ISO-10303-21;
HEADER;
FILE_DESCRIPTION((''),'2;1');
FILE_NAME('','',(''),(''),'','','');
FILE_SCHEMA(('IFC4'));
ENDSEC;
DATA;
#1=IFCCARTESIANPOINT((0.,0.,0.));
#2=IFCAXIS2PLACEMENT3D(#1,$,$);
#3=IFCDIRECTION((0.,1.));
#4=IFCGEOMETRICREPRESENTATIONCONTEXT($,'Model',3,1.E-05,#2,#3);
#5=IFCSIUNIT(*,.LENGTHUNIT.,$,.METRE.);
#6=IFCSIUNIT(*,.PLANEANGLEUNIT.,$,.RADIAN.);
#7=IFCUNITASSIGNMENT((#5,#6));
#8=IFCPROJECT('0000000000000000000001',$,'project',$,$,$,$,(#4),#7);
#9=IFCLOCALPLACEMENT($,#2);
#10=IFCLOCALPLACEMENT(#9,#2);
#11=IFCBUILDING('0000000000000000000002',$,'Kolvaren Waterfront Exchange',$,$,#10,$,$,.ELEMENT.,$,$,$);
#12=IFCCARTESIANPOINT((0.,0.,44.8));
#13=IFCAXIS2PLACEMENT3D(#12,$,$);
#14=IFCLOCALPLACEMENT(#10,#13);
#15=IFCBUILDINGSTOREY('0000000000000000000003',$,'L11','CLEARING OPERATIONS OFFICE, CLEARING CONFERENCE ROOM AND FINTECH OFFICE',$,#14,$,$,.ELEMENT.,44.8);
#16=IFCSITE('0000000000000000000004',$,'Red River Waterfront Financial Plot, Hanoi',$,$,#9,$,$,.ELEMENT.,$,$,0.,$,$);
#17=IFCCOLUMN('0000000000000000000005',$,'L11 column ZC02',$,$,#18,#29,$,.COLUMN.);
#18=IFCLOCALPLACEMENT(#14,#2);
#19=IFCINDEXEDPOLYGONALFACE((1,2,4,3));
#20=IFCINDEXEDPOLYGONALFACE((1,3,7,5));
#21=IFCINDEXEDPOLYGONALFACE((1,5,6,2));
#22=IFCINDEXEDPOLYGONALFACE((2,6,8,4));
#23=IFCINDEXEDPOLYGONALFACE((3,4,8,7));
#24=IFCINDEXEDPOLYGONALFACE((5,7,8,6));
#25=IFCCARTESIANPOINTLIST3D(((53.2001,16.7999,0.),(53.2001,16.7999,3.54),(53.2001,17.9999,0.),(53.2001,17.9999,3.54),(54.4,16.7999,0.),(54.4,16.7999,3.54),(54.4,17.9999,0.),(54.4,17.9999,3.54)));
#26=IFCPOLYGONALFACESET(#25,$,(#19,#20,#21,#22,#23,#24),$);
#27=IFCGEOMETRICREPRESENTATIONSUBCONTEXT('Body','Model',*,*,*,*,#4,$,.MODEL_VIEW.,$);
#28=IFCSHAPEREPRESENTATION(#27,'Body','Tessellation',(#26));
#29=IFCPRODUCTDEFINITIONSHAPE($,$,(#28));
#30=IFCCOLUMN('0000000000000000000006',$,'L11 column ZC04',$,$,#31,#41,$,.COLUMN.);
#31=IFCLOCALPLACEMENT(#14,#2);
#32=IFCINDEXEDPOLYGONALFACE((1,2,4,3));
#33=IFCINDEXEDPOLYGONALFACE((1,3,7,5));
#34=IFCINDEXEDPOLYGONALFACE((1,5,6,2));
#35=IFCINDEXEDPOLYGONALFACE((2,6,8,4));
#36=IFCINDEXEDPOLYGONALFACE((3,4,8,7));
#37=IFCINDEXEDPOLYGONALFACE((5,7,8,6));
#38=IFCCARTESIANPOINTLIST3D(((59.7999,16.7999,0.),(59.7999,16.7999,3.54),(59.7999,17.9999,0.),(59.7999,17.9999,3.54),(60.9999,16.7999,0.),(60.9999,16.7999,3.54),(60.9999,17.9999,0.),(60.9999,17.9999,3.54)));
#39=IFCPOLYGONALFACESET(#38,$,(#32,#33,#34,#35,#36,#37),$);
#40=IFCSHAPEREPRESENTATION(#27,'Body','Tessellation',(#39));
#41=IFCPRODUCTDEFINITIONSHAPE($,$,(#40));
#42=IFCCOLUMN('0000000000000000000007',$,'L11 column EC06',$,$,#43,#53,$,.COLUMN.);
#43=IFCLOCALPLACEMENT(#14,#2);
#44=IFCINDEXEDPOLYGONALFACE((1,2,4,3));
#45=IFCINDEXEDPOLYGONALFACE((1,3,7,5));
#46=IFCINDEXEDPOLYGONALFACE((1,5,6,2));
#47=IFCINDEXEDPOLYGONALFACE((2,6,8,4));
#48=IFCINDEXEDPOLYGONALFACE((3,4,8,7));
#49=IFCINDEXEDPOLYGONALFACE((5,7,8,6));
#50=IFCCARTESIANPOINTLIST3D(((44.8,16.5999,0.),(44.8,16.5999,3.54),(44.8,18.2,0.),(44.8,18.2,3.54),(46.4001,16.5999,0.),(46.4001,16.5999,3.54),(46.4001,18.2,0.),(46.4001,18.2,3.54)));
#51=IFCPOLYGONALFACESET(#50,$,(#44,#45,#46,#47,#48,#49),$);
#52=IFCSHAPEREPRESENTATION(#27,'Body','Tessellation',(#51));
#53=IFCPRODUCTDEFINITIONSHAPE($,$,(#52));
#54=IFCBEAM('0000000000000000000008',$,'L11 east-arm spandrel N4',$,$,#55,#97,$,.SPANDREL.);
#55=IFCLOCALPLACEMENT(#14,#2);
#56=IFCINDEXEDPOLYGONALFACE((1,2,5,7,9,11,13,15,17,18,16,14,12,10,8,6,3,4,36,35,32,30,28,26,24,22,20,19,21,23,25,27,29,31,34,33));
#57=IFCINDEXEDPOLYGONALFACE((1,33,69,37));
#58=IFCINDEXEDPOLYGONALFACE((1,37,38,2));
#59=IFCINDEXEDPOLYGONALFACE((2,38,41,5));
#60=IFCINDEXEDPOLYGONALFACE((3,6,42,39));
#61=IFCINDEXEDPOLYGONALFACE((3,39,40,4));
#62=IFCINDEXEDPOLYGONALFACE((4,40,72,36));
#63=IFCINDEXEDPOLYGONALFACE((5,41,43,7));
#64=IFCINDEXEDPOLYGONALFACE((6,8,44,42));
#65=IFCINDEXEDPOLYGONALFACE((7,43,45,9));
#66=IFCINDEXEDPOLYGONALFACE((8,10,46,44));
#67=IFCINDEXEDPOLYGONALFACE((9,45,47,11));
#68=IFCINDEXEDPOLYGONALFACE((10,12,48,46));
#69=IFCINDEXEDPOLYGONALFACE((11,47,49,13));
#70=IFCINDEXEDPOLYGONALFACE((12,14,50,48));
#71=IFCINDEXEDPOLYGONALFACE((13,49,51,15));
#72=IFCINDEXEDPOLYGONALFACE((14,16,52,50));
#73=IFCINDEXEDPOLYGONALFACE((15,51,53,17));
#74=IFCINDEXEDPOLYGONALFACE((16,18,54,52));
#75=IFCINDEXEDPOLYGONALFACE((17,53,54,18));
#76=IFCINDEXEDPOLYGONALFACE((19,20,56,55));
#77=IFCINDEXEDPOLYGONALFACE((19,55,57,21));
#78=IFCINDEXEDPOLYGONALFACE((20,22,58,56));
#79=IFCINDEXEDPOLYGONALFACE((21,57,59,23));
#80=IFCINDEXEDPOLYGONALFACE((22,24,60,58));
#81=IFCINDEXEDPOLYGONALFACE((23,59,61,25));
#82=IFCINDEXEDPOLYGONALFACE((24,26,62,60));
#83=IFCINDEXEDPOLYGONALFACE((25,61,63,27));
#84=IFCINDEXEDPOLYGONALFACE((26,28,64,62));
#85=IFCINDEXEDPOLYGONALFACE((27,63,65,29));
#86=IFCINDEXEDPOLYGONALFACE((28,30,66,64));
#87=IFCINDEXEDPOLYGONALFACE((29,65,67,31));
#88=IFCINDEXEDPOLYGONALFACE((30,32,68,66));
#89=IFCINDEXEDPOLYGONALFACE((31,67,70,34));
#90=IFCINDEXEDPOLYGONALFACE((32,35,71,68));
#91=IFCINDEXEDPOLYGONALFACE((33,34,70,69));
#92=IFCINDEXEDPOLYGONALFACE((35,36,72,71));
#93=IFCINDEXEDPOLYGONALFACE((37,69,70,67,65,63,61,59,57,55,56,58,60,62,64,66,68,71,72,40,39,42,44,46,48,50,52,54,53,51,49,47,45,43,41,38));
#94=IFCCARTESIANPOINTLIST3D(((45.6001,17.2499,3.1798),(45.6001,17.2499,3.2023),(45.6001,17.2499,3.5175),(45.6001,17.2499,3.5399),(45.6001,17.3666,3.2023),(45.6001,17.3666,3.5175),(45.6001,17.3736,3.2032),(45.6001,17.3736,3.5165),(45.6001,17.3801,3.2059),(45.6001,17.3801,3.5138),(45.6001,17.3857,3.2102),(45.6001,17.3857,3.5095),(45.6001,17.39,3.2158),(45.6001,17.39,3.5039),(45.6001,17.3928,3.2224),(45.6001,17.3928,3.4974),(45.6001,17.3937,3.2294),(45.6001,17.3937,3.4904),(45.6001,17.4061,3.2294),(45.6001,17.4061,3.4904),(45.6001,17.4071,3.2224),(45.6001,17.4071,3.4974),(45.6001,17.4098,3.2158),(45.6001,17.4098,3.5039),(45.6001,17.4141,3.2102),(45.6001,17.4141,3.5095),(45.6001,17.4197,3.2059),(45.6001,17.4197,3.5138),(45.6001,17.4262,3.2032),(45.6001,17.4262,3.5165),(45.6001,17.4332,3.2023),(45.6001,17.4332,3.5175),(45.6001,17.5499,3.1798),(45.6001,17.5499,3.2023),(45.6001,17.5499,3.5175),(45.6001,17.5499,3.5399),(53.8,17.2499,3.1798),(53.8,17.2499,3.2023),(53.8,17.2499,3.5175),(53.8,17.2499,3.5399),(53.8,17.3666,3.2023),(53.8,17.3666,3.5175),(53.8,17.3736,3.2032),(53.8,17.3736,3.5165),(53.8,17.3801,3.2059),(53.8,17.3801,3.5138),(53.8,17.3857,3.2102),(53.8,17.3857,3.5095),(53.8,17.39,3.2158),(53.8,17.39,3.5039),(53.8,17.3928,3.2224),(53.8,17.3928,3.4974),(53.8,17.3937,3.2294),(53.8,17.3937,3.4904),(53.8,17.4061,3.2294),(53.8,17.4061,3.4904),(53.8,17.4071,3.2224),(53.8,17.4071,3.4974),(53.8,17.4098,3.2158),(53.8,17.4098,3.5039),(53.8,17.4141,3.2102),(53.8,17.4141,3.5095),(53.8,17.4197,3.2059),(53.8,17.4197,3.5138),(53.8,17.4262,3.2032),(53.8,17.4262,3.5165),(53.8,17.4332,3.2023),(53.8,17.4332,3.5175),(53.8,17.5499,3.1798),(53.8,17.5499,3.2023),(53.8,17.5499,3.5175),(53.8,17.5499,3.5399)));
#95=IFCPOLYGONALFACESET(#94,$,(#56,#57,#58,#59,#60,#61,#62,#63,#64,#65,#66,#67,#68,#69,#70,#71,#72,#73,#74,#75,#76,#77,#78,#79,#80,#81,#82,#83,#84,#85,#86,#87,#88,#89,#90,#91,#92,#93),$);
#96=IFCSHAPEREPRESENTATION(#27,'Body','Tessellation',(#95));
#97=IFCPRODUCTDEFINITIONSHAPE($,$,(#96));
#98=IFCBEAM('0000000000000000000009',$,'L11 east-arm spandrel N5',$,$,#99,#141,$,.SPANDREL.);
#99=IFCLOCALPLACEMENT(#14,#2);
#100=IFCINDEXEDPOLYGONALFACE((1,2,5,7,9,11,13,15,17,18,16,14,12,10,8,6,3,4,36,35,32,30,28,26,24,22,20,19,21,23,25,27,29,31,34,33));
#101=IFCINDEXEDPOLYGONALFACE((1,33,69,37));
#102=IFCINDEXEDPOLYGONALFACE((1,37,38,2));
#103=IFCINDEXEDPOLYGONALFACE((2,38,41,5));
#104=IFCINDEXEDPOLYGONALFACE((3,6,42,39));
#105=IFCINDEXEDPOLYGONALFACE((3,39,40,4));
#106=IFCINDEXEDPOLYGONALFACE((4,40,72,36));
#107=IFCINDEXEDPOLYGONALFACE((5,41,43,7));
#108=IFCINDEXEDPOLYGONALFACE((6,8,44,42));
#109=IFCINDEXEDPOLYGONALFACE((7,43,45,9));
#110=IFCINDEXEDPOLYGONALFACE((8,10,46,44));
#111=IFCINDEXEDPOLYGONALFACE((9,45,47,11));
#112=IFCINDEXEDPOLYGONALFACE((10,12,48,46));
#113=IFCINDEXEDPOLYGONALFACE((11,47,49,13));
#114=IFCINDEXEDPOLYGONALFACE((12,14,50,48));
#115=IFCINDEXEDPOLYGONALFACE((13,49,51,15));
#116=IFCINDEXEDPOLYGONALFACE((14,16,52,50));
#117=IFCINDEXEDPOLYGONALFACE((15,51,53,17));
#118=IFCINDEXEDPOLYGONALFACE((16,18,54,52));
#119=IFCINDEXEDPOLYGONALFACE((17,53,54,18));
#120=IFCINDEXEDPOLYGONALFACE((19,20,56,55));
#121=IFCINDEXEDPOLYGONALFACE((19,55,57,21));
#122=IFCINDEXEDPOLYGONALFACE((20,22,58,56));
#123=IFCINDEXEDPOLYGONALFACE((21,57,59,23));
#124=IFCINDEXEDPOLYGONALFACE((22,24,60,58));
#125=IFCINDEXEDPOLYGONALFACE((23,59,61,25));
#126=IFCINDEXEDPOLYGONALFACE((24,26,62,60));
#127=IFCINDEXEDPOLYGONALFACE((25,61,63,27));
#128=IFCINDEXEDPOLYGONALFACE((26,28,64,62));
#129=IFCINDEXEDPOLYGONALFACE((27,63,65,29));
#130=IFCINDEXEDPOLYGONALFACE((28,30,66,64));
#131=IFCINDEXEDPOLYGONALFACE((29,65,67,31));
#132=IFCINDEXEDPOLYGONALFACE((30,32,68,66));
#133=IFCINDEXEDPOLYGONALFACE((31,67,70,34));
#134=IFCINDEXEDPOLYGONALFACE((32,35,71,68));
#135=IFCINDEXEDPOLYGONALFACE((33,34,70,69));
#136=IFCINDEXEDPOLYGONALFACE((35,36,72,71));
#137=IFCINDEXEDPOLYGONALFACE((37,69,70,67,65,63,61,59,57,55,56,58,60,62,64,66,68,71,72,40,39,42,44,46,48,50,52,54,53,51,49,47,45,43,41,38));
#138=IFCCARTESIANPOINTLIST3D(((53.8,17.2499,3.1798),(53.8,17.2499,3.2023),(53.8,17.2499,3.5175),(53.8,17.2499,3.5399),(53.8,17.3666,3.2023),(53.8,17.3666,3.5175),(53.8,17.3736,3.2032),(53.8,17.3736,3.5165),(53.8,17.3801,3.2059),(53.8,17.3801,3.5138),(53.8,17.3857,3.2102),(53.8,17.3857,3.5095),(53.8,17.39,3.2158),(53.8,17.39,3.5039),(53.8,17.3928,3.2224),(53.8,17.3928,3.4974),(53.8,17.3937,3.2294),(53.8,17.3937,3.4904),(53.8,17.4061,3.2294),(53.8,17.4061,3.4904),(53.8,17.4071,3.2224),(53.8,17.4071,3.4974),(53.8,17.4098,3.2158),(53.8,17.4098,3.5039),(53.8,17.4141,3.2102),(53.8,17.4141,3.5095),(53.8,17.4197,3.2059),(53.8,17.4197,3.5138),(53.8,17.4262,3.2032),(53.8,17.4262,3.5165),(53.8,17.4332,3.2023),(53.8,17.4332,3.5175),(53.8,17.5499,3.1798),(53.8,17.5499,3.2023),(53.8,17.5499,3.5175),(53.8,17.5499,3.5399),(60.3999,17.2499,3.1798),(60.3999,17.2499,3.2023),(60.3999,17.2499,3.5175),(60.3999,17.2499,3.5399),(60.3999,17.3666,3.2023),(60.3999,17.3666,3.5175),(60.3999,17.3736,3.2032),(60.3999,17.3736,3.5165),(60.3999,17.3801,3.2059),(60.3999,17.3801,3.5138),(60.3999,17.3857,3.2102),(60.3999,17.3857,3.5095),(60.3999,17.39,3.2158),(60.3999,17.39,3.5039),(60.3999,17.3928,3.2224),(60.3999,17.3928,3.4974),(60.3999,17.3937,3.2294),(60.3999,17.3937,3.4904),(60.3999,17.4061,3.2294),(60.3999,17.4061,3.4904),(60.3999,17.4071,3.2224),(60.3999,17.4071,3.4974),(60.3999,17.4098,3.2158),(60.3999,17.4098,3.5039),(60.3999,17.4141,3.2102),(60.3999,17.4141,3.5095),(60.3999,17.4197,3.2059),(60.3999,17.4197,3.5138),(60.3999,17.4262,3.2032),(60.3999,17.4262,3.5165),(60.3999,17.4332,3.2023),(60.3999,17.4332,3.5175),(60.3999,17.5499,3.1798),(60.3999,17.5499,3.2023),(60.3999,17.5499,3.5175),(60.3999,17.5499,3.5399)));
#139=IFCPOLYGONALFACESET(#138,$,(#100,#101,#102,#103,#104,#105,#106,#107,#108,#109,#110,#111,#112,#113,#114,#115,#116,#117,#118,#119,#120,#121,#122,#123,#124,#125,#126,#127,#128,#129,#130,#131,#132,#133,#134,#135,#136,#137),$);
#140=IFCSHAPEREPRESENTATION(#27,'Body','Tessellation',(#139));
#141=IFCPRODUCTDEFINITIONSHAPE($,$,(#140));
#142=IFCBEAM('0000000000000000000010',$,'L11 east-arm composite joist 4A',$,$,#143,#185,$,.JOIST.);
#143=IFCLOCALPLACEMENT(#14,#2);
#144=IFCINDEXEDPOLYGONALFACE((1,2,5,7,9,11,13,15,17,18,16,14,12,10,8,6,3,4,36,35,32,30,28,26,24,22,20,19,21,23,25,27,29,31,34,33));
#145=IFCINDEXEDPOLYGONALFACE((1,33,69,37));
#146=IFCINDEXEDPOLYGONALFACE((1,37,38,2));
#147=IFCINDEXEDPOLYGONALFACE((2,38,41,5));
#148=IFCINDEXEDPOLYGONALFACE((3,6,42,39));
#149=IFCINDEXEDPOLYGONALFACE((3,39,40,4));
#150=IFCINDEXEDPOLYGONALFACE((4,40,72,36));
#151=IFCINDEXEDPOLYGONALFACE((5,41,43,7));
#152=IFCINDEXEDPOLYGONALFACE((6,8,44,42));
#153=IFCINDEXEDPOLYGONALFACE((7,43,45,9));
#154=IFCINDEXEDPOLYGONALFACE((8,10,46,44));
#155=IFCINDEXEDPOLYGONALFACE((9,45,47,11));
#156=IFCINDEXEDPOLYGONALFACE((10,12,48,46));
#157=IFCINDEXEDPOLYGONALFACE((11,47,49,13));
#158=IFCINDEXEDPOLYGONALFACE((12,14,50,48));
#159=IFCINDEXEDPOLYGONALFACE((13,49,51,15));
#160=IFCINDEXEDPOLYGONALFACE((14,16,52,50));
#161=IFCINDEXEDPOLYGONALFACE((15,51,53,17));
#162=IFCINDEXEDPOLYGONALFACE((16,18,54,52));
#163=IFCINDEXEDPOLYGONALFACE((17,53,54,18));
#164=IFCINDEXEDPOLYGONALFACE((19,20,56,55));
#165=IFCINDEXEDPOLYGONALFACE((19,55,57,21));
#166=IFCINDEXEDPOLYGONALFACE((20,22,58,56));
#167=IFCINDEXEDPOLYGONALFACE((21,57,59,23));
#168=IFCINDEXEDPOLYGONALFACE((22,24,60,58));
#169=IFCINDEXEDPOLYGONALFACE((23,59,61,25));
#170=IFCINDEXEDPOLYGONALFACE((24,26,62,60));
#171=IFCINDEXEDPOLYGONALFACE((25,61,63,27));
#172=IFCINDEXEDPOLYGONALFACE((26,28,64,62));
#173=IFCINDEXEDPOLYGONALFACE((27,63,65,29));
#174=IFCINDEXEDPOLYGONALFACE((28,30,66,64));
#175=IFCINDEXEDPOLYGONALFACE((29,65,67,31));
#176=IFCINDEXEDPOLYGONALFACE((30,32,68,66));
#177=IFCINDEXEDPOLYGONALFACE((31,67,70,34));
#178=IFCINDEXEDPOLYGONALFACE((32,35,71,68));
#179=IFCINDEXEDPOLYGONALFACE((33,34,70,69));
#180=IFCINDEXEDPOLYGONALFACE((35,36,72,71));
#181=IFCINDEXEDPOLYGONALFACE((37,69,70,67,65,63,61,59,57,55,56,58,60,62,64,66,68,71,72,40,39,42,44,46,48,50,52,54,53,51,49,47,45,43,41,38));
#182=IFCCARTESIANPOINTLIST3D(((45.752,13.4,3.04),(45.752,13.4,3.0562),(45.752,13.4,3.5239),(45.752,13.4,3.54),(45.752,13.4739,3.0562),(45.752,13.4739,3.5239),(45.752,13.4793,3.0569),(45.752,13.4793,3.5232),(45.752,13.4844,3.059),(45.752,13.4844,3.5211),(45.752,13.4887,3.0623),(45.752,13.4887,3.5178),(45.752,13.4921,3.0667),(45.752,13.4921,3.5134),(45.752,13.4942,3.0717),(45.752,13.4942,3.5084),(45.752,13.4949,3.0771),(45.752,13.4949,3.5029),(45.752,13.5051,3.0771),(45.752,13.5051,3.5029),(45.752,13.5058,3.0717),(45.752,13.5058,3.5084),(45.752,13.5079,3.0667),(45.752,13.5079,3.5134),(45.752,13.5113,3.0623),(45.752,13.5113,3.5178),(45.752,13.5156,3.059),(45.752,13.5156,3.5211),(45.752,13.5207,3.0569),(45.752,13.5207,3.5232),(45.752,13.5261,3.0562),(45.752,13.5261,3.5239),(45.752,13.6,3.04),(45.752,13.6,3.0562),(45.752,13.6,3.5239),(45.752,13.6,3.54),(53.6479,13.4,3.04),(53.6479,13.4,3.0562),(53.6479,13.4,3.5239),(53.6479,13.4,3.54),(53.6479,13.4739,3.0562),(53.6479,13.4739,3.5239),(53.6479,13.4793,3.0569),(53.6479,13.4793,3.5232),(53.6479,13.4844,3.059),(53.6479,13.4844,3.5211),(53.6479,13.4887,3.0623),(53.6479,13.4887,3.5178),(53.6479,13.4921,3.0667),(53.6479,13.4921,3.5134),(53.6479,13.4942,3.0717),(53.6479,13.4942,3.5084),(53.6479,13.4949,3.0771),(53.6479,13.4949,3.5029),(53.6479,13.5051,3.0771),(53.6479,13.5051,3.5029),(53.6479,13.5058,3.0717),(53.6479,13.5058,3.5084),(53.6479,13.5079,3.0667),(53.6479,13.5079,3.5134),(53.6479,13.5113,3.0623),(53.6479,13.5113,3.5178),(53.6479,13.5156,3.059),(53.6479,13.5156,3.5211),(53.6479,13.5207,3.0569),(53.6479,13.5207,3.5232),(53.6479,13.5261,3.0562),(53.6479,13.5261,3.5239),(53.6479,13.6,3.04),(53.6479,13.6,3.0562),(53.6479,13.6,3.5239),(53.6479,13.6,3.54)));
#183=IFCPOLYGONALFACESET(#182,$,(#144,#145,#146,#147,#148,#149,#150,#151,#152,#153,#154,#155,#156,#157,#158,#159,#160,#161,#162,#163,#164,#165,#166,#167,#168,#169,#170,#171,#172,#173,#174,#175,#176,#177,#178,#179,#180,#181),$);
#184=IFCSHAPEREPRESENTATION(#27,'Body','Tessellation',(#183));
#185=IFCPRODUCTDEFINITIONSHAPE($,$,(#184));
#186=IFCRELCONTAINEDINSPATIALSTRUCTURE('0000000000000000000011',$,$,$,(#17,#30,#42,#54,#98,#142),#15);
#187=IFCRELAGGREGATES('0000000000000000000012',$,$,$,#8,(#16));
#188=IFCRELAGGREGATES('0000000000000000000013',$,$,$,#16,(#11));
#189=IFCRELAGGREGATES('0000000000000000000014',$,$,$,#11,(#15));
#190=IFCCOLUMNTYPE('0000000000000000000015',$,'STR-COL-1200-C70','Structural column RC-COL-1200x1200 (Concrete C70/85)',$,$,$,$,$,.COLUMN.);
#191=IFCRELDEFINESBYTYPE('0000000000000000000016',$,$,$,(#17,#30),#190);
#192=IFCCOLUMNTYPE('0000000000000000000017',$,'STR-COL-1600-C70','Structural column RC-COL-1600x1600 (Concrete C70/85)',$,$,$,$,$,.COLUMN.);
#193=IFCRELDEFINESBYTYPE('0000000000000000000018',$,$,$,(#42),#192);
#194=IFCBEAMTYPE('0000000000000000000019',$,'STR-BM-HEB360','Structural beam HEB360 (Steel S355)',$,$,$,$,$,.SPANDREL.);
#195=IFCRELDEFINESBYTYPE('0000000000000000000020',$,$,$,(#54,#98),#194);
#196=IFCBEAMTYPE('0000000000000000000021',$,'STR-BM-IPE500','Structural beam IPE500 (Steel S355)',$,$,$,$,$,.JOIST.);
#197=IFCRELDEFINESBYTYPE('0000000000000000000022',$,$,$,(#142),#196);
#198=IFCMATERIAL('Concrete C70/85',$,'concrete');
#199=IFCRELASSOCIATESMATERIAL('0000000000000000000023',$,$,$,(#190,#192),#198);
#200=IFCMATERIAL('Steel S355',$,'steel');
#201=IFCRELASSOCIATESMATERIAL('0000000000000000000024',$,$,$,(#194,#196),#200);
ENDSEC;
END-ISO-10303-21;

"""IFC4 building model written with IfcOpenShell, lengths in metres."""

from ifc_helpers import new_model, si_unit, direction, frame, origin, origin_2d, place, context, subcontext, project, spatial, rectangle, i_section, extrude, material, material_profile, profile_set, type_object, element, save


model = new_model("IFC4")

# Units and contexts
model_context = context("Model", 3, precision=1e-05, world=origin(), true_north=direction((0.0, 1.0)))
body_context = subcontext(model_context, "Body", "Model", "MODEL_VIEW")
ifc_project = project(units=[si_unit("LENGTHUNIT", "METRE"), si_unit("PLANEANGLEUNIT", "RADIAN")], contexts=[model_context])

# Site, building, storey
site_placement = place(None, origin())
site = spatial("IfcSite", under=ifc_project, at=site_placement, Name="Red River Waterfront Financial Plot, Hanoi", CompositionType="ELEMENT", RefElevation=0.0)
building_placement = place(site_placement, origin())
building = spatial("IfcBuilding", under=site, at=building_placement, Name="Kolvaren Waterfront Exchange", CompositionType="ELEMENT")
storey_placement = place(building_placement, frame((0.0, 0.0, 44.8)))
storey = spatial("IfcBuildingStorey", under=building, at=storey_placement, Name="L11", Description="CLEARING OPERATIONS OFFICE, CLEARING CONFERENCE ROOM AND FINTECH OFFICE", CompositionType="ELEMENT", Elevation=44.8)

# Columns
ifc_material_1 = material(Name="Concrete C70/85", Category="concrete")
ifc_material_profile_1 = material_profile(ifc_material_1, rectangle(XDim=1.2, YDim=1.2, at=origin_2d()), Name="RC-COL-1200x1200")
ifc_profile_set_1 = profile_set([ifc_material_profile_1], Name="Concrete C70/85")
column_type_1 = type_object("IfcColumnType", Name="STR-COL-1200-C70", Description="Structural column RC-COL-1200x1200 (Concrete C70/85)", PredefinedType="COLUMN", material=ifc_profile_set_1)
for number, where, z_axis, x_axis, name in (
    (1, (53.8, 17.3999, 0.0), (0.0, 0.0, 1.0), (1.0, 0.0, 0.0), "L11 column ZC02"),
    (2, (60.3999, 17.3999, 0.0), (0.0, 0.0, 1.0), (1.0, 0.0, 0.0), "L11 column ZC04"),
):
    element("IfcColumn", number, at=place(storey_placement, frame(where, z_axis=z_axis, x_axis=x_axis)), inside=storey, type_object=column_type_1, Name=name, PredefinedType="COLUMN", context=body_context, shape_type="SweptSolid", body=[
        extrude(rectangle(XDim=1.2, YDim=1.2, at=origin_2d()), origin(), (0.0, 0.0, 1.0), 3.54),
    ])
ifc_material_profile_2 = material_profile(ifc_material_1, rectangle(XDim=1.6001, YDim=1.6001, at=origin_2d()), Name="RC-COL-1600x1600")
ifc_profile_set_2 = profile_set([ifc_material_profile_2], Name="Concrete C70/85")
column_type_2 = type_object("IfcColumnType", Name="STR-COL-1600-C70", Description="Structural column RC-COL-1600x1600 (Concrete C70/85)", PredefinedType="COLUMN", material=ifc_profile_set_2)
column_placement = place(storey_placement, frame((45.6001, 17.3999, 0.0), z_axis=(0.0, 0.0, 1.0), x_axis=(1.0, 0.0, 0.0)))
element("IfcColumn", 3, at=column_placement, inside=storey, type_object=column_type_2, Name="L11 column EC06", PredefinedType="COLUMN", context=body_context, shape_type="SweptSolid", body=[
    extrude(rectangle(XDim=1.6001, YDim=1.6001, at=origin_2d()), origin(), (0.0, 0.0, 1.0), 3.54),
])

# Beams
ifc_material_2 = material(Name="Steel S355", Category="steel")
ifc_material_profile_3 = material_profile(ifc_material_2, i_section(OverallWidth=0.3, OverallDepth=0.3601, WebThickness=0.0125, FlangeThickness=0.0225, FilletRadius=0.0271, at=origin_2d()), Name="HEB360")
ifc_profile_set_3 = profile_set([ifc_material_profile_3], Name="Steel S355")
beam_type_1 = type_object("IfcBeamType", Name="STR-BM-HEB360", Description="Structural beam HEB360 (Steel S355)", PredefinedType="SPANDREL", material=ifc_profile_set_3)
beam_1_placement = place(storey_placement, frame((45.6001, 17.3999, 3.3599), z_axis=(1.0, 0.0, 0.0), x_axis=(0.0, 1.0, 0.0)))
element("IfcBeam", 4, at=beam_1_placement, inside=storey, type_object=beam_type_1, Name="L11 east-arm spandrel N4", PredefinedType="SPANDREL", context=body_context, shape_type="SweptSolid", body=[
    extrude(i_section(OverallWidth=0.3, OverallDepth=0.3601, WebThickness=0.0125, FlangeThickness=0.0225, FilletRadius=0.0271, at=origin_2d()), origin(), (0.0, 0.0, 1.0), 8.2),
])
beam_2_placement = place(storey_placement, frame((53.8, 17.3999, 3.3599), z_axis=(1.0, 0.0, 0.0), x_axis=(0.0, 1.0, 0.0)))
element("IfcBeam", 5, at=beam_2_placement, inside=storey, type_object=beam_type_1, Name="L11 east-arm spandrel N5", PredefinedType="SPANDREL", context=body_context, shape_type="SweptSolid", body=[
    extrude(i_section(OverallWidth=0.3, OverallDepth=0.3601, WebThickness=0.0125, FlangeThickness=0.0225, FilletRadius=0.0271, at=origin_2d()), origin(), (0.0, 0.0, 1.0), 6.5999),
])
ifc_material_profile_4 = material_profile(ifc_material_2, i_section(OverallWidth=0.2, OverallDepth=0.5, WebThickness=0.0103, FlangeThickness=0.0161, FilletRadius=0.021, at=origin_2d()), Name="IPE500")
ifc_profile_set_4 = profile_set([ifc_material_profile_4], Name="Steel S355")
beam_type_2 = type_object("IfcBeamType", Name="STR-BM-IPE500", Description="Structural beam IPE500 (Steel S355)", PredefinedType="JOIST", material=ifc_profile_set_4)
for number, where, z_axis, x_axis, name in (
    (6, (45.752, 13.5, 3.29), (1.0, 0.0, 0.0), (0.0, 1.0, 0.0), "L11 east-arm composite joist 4A"),
):
    element("IfcBeam", number, at=place(storey_placement, frame(where, z_axis=z_axis, x_axis=x_axis)), inside=storey, type_object=beam_type_2, Name=name, PredefinedType="JOIST", context=body_context, shape_type="SweptSolid", body=[
        extrude(i_section(OverallWidth=0.2, OverallDepth=0.5, WebThickness=0.0103, FlangeThickness=0.0161, FilletRadius=0.021, at=origin_2d()), origin(), (0.0, 0.0, 1.0), 7.896),
    ])

save(model, "model.ifc")
